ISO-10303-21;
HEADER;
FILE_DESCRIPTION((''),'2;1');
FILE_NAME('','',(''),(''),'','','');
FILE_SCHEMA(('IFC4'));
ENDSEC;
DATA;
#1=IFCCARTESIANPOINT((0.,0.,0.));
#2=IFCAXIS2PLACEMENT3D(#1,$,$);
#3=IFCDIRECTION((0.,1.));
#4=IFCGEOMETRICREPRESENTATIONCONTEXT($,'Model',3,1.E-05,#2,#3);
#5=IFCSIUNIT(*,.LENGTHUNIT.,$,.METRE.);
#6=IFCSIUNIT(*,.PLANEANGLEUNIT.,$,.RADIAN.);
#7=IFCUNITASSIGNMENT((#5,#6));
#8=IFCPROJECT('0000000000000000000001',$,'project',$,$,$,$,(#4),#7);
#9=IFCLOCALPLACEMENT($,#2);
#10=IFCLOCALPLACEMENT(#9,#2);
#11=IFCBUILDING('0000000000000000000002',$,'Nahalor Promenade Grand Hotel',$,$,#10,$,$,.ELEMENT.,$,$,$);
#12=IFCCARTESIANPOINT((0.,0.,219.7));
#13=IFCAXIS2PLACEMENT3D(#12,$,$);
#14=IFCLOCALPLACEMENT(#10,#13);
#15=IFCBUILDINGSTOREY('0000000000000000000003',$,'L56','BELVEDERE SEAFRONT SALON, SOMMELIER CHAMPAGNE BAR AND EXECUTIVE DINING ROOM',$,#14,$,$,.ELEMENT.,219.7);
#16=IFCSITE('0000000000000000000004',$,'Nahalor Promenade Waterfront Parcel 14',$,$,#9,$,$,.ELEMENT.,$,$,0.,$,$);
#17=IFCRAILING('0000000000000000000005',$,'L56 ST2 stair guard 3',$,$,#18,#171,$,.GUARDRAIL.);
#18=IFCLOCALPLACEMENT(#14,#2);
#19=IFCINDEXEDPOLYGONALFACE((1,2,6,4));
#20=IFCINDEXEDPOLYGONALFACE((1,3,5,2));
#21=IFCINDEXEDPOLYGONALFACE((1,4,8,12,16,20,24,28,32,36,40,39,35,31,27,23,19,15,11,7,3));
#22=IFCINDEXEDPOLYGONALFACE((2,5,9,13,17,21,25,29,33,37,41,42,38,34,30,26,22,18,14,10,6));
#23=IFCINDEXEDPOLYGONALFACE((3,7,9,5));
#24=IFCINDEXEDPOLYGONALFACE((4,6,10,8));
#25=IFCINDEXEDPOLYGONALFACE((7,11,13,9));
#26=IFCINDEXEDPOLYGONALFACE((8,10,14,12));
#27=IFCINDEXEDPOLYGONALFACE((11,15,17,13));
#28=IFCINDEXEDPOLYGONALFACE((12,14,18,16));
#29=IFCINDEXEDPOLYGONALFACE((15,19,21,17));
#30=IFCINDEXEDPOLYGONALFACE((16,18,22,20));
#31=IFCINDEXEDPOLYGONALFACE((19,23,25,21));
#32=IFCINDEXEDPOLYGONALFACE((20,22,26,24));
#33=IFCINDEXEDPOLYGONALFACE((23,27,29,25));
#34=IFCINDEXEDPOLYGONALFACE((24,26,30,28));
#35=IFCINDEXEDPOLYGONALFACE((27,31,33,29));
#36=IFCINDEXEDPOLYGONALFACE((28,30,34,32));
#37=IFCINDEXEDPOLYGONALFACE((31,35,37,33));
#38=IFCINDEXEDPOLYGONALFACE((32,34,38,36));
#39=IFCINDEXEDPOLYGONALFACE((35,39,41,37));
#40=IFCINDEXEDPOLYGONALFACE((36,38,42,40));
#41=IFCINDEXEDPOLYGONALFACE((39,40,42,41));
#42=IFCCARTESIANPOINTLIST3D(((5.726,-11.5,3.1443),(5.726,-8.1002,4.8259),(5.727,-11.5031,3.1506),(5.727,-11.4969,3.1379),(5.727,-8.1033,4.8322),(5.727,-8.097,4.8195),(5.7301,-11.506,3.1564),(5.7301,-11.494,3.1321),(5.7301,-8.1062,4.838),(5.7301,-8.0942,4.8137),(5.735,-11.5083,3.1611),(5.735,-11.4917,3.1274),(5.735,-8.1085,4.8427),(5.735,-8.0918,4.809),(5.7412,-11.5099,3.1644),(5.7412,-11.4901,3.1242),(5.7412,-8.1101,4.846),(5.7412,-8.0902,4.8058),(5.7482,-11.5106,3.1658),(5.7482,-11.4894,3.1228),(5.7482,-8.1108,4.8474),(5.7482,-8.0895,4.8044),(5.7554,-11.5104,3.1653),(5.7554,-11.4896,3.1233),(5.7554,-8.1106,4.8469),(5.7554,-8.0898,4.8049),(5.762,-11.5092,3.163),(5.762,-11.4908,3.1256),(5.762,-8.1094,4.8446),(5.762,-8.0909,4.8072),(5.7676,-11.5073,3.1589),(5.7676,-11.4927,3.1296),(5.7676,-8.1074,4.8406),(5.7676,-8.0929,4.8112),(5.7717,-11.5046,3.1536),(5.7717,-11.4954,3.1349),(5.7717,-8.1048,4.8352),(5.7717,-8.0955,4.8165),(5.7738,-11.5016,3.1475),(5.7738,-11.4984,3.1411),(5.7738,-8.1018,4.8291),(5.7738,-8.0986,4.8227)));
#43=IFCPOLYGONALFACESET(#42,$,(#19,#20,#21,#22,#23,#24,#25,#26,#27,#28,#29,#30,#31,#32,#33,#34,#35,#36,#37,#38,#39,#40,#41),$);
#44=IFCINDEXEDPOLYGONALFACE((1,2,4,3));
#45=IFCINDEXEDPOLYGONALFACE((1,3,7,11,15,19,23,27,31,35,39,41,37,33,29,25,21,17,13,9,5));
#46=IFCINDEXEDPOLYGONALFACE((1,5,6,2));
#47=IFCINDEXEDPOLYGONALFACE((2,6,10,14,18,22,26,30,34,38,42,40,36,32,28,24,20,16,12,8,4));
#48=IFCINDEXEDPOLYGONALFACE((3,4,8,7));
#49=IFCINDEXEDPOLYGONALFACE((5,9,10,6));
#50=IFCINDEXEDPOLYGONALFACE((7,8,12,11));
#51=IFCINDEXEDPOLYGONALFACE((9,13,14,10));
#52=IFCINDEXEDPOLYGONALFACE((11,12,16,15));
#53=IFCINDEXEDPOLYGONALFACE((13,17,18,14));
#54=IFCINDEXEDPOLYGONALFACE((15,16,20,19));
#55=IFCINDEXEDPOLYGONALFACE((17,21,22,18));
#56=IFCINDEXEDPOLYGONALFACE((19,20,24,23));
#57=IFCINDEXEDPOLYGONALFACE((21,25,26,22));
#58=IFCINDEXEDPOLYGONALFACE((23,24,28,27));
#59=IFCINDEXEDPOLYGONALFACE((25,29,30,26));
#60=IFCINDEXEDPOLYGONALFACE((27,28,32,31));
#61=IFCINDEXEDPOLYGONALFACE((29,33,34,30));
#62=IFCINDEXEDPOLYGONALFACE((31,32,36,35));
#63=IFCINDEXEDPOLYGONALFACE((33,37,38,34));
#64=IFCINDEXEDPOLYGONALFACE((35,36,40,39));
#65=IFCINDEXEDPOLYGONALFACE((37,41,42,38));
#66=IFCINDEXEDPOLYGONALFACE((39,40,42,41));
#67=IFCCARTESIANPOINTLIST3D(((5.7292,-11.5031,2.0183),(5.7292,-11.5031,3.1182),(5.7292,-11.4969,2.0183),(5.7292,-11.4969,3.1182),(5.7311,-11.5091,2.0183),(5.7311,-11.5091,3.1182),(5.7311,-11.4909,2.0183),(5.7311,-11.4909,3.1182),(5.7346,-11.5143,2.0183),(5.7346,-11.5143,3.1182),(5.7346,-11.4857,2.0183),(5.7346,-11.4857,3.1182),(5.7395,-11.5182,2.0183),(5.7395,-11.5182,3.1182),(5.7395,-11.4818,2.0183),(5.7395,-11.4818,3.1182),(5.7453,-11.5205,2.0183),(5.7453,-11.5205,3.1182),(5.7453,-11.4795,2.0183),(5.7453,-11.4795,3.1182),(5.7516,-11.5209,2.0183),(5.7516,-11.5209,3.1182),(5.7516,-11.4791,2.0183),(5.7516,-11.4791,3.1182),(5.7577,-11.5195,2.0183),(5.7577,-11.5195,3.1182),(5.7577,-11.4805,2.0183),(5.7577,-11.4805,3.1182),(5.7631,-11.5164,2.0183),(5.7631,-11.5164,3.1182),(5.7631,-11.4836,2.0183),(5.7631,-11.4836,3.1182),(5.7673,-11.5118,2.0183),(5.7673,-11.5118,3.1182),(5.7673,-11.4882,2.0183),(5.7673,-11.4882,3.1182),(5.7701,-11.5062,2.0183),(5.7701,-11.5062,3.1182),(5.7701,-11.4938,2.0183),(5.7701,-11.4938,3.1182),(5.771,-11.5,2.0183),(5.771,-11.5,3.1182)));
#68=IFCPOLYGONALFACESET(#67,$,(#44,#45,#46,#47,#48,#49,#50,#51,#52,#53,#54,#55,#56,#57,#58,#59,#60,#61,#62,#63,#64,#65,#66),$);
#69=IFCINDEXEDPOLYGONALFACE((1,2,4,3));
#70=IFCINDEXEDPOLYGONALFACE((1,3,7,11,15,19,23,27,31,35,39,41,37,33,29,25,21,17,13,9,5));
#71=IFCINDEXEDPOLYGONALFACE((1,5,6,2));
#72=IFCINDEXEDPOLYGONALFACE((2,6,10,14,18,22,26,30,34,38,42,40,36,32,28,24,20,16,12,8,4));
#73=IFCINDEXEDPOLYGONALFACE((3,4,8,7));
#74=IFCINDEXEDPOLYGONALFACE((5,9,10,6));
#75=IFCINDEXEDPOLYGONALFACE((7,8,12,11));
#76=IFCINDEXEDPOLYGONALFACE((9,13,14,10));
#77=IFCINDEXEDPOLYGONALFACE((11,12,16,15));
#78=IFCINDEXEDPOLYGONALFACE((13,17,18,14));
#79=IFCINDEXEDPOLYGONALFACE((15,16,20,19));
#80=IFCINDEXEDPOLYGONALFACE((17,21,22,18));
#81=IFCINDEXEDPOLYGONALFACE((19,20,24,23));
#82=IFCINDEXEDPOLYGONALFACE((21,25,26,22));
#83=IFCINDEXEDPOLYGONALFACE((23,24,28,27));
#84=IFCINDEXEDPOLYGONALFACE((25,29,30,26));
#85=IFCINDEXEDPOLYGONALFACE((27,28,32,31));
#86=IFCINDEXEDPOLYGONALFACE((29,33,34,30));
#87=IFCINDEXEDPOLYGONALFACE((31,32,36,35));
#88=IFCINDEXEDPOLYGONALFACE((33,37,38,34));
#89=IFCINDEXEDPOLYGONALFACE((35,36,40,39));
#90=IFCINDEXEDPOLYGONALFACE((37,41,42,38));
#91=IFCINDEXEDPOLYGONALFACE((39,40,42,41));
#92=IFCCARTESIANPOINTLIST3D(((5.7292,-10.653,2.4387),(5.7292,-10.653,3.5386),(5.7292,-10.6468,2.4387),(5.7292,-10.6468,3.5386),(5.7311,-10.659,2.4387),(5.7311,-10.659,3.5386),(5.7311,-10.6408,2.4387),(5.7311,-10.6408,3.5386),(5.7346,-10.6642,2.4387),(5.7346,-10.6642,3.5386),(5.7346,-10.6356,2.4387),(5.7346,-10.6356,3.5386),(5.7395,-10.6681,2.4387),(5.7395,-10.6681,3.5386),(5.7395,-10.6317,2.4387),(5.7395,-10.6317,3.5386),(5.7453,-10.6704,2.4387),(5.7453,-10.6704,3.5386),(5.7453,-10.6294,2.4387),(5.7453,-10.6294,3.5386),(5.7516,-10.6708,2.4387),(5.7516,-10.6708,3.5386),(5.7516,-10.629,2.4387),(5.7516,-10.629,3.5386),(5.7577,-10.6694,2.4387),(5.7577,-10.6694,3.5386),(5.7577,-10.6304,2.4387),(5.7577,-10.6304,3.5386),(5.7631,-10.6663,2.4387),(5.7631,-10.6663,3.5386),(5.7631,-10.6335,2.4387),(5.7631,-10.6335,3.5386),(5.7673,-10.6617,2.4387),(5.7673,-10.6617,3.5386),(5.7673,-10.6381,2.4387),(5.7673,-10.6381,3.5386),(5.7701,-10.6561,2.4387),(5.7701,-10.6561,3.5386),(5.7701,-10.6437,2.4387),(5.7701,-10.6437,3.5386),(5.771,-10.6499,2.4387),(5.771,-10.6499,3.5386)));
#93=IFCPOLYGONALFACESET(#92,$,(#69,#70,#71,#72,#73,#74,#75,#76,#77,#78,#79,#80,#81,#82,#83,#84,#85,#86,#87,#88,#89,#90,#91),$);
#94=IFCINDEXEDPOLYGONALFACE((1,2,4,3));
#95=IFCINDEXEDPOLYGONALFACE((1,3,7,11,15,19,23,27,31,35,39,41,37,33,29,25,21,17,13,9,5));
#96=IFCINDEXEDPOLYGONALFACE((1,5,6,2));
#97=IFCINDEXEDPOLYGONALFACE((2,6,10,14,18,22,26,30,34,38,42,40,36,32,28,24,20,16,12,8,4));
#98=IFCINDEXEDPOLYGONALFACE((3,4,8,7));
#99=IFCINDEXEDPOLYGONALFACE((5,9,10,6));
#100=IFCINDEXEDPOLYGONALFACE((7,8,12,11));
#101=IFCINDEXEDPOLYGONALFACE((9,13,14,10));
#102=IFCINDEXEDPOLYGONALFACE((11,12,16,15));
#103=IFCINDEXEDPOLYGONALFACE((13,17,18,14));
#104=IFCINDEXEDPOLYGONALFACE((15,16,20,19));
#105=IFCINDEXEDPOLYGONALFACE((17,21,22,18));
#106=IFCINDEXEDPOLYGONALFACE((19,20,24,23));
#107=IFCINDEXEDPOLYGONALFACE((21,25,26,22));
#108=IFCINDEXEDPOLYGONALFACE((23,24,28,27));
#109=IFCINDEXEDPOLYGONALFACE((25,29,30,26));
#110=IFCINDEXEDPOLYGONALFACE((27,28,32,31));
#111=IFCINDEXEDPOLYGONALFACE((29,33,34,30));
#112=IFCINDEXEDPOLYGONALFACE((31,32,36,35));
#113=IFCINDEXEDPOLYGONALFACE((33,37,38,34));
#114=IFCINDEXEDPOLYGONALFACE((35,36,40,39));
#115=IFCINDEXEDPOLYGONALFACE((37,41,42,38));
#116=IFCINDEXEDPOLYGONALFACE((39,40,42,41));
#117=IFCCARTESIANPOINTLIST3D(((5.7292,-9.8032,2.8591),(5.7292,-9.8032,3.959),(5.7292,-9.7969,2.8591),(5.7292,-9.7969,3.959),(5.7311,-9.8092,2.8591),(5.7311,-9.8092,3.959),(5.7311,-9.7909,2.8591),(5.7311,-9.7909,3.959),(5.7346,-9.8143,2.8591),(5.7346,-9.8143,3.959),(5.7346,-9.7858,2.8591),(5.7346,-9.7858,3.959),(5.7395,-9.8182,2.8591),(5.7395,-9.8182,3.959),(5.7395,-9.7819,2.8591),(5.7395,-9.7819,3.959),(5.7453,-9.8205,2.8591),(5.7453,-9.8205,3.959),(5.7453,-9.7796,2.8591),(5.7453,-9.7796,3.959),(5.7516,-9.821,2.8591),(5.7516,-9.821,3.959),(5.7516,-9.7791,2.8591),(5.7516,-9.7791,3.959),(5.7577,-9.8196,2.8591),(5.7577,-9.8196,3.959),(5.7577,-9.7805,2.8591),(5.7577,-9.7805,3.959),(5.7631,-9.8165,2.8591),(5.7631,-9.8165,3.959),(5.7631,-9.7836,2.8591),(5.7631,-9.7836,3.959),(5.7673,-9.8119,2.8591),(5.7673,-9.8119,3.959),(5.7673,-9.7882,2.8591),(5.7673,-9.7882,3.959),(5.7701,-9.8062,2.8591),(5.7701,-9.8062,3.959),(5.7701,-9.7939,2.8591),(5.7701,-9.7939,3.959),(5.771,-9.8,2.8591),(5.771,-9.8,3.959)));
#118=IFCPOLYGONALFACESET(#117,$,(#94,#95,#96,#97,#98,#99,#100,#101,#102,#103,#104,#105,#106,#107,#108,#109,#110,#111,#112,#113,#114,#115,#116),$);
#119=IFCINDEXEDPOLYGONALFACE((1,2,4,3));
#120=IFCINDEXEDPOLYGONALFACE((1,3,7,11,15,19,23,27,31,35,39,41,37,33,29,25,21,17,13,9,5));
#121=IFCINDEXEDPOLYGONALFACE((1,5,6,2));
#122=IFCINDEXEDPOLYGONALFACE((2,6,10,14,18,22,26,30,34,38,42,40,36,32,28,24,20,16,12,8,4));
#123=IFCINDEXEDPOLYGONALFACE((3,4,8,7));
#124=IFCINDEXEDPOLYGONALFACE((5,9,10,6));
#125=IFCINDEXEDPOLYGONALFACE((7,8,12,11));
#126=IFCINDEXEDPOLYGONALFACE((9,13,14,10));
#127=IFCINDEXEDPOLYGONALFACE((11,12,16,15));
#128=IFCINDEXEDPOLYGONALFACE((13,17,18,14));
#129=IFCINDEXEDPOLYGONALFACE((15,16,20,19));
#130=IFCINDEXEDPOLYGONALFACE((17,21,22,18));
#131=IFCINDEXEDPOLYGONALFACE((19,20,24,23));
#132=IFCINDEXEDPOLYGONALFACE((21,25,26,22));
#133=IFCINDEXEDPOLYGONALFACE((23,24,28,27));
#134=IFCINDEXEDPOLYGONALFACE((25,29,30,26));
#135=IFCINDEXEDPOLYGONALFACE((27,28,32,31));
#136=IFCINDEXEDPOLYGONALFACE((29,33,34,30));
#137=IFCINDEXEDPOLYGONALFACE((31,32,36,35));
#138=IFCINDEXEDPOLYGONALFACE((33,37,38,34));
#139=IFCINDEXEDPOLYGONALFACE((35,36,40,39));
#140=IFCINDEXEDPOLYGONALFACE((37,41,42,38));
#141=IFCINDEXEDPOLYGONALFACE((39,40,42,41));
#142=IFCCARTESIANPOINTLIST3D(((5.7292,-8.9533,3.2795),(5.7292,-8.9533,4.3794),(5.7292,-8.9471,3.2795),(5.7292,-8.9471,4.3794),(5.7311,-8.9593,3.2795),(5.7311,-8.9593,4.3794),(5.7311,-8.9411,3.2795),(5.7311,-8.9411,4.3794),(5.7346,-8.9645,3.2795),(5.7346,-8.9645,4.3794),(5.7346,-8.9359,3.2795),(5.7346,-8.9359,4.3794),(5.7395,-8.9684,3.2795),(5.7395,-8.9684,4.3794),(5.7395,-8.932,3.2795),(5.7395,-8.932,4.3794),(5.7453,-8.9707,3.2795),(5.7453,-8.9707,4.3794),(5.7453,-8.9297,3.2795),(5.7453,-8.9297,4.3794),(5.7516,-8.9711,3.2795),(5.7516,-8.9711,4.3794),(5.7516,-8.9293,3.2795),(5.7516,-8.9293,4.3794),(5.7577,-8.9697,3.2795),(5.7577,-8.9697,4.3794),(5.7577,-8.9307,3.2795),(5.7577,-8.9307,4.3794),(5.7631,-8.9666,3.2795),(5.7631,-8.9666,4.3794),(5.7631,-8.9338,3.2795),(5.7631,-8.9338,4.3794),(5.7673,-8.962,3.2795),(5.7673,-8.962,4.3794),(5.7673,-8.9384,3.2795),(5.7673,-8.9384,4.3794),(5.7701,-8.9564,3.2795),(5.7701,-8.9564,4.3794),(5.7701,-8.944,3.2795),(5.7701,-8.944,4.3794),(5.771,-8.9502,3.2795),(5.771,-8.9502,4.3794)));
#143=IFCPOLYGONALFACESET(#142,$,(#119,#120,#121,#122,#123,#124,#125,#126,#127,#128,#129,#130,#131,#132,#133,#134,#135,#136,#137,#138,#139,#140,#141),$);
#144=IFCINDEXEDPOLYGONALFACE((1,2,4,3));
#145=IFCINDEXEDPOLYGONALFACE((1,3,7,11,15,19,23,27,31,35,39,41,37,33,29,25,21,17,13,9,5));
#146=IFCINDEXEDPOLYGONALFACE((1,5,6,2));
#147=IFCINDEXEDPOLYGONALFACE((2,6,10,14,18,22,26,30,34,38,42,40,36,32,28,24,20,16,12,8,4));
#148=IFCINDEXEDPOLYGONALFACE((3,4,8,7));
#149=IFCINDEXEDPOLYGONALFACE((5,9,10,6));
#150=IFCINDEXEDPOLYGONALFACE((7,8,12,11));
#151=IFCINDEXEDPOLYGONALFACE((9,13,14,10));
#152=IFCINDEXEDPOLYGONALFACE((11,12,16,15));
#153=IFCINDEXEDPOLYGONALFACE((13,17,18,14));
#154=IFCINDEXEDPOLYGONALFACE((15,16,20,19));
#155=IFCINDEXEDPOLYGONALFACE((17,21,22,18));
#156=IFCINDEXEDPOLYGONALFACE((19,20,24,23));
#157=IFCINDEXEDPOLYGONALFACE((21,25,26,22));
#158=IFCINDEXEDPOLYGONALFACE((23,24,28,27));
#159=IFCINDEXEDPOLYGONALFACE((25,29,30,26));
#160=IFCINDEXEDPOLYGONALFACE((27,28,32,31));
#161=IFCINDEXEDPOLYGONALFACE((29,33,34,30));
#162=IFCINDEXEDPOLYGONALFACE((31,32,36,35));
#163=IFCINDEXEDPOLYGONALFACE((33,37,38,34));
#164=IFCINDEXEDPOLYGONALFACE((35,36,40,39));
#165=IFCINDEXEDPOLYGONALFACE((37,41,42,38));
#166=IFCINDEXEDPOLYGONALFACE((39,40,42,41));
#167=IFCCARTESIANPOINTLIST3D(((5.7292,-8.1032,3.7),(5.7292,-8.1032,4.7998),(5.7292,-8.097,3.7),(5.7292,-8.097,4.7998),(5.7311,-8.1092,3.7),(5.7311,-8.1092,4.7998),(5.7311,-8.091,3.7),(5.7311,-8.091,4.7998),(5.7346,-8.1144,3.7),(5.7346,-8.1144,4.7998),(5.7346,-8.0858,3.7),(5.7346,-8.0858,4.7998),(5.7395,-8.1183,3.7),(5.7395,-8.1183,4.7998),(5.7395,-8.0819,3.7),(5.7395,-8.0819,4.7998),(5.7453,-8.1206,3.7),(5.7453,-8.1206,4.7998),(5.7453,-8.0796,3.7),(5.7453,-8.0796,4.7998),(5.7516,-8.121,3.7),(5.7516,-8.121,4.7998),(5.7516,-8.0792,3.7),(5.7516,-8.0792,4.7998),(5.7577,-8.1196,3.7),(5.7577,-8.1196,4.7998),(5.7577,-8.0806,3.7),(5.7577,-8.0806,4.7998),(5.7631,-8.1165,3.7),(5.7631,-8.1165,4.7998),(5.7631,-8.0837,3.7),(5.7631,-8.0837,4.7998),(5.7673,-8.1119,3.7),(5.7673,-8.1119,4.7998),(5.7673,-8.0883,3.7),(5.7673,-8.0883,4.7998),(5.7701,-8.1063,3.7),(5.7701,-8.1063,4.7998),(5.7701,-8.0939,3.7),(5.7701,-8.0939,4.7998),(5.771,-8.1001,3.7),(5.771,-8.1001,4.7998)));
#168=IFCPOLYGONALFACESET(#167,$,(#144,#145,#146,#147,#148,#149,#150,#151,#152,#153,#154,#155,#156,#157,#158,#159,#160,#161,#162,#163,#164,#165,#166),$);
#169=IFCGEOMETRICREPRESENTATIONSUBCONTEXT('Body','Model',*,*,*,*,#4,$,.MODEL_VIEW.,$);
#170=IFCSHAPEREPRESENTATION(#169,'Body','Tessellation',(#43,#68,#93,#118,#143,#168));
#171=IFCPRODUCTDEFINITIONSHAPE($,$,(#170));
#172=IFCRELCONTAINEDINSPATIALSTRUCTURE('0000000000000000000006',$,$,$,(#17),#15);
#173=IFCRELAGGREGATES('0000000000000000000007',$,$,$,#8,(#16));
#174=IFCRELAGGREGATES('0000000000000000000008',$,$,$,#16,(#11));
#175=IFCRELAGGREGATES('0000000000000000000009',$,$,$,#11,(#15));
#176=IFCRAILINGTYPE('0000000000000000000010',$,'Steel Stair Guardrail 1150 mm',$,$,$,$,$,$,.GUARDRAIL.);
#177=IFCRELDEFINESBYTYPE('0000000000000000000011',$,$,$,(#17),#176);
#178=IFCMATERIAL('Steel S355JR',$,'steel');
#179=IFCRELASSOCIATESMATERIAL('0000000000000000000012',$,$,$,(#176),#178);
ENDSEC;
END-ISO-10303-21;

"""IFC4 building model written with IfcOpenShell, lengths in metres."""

from ifc_helpers import new_model, si_unit, direction, frame, origin, origin_2d, place, context, subcontext, project, spatial, circle, extrude, material, type_object, element, save


model = new_model("IFC4")

# Units and contexts
model_context = context("Model", 3, precision=1e-05, world=origin(), true_north=direction((0.0, 1.0)))
body_context = subcontext(model_context, "Body", "Model", "MODEL_VIEW")
ifc_project = project(units=[si_unit("LENGTHUNIT", "METRE"), si_unit("PLANEANGLEUNIT", "RADIAN")], contexts=[model_context])

# Site, building, storey
site_placement = place(None, origin())
site = spatial("IfcSite", under=ifc_project, at=site_placement, Name="Nahalor Promenade Waterfront Parcel 14", CompositionType="ELEMENT", RefElevation=0.0)
building_placement = place(site_placement, origin())
building = spatial("IfcBuilding", under=site, at=building_placement, Name="Nahalor Promenade Grand Hotel", CompositionType="ELEMENT")
storey_placement = place(building_placement, frame((0.0, 0.0, 219.7)))
storey = spatial("IfcBuildingStorey", under=building, at=storey_placement, Name="L56", Description="BELVEDERE SEAFRONT SALON, SOMMELIER CHAMPAGNE BAR AND EXECUTIVE DINING ROOM", CompositionType="ELEMENT", Elevation=219.7)

# Shared definitions
ifc_material_1 = material(Name="Steel S355JR", Category="steel")

# Railing
railing_type_1 = type_object("IfcRailingType", Name="Steel Stair Guardrail 1150 mm", PredefinedType="GUARDRAIL", material=ifc_material_1)
railing_1_placement = place(storey_placement, frame((5.75, -11.5, 2.0183)))
element("IfcRailing", 1, at=railing_1_placement, inside=storey, type_object=railing_type_1, Name="L56 ST2 stair guard 3", PredefinedType="GUARDRAIL", context=body_context, shape_type="SweptSolid", body=[
    extrude(circle(Radius=0.024, at=origin_2d()), frame((0.0, 0.0, 1.126), z_axis=(0.0, 0.89635, 0.443348), x_axis=(-1.0, 0.0, 0.0)), (0.0, 0.0, 1.0), 3.793),
    extrude(circle(Radius=0.021, at=origin_2d()), origin(), (0.0, 0.0, 1.0), 1.0999),
    extrude(circle(Radius=0.021, at=origin_2d()), frame((0.0, 0.8501, 0.4204)), (0.0, 0.0, 1.0), 1.0999),
    extrude(circle(Radius=0.021, at=origin_2d()), frame((0.0, 1.7, 0.8408)), (0.0, 0.0, 1.0), 1.0999),
    extrude(circle(Radius=0.021, at=origin_2d()), frame((0.0, 2.5498, 1.2612)), (0.0, 0.0, 1.0), 1.0999),
    extrude(circle(Radius=0.021, at=origin_2d()), frame((0.0, 3.3999, 1.6816)), (0.0, 0.0, 1.0), 1.0999),
])

save(model, "model.ifc")
